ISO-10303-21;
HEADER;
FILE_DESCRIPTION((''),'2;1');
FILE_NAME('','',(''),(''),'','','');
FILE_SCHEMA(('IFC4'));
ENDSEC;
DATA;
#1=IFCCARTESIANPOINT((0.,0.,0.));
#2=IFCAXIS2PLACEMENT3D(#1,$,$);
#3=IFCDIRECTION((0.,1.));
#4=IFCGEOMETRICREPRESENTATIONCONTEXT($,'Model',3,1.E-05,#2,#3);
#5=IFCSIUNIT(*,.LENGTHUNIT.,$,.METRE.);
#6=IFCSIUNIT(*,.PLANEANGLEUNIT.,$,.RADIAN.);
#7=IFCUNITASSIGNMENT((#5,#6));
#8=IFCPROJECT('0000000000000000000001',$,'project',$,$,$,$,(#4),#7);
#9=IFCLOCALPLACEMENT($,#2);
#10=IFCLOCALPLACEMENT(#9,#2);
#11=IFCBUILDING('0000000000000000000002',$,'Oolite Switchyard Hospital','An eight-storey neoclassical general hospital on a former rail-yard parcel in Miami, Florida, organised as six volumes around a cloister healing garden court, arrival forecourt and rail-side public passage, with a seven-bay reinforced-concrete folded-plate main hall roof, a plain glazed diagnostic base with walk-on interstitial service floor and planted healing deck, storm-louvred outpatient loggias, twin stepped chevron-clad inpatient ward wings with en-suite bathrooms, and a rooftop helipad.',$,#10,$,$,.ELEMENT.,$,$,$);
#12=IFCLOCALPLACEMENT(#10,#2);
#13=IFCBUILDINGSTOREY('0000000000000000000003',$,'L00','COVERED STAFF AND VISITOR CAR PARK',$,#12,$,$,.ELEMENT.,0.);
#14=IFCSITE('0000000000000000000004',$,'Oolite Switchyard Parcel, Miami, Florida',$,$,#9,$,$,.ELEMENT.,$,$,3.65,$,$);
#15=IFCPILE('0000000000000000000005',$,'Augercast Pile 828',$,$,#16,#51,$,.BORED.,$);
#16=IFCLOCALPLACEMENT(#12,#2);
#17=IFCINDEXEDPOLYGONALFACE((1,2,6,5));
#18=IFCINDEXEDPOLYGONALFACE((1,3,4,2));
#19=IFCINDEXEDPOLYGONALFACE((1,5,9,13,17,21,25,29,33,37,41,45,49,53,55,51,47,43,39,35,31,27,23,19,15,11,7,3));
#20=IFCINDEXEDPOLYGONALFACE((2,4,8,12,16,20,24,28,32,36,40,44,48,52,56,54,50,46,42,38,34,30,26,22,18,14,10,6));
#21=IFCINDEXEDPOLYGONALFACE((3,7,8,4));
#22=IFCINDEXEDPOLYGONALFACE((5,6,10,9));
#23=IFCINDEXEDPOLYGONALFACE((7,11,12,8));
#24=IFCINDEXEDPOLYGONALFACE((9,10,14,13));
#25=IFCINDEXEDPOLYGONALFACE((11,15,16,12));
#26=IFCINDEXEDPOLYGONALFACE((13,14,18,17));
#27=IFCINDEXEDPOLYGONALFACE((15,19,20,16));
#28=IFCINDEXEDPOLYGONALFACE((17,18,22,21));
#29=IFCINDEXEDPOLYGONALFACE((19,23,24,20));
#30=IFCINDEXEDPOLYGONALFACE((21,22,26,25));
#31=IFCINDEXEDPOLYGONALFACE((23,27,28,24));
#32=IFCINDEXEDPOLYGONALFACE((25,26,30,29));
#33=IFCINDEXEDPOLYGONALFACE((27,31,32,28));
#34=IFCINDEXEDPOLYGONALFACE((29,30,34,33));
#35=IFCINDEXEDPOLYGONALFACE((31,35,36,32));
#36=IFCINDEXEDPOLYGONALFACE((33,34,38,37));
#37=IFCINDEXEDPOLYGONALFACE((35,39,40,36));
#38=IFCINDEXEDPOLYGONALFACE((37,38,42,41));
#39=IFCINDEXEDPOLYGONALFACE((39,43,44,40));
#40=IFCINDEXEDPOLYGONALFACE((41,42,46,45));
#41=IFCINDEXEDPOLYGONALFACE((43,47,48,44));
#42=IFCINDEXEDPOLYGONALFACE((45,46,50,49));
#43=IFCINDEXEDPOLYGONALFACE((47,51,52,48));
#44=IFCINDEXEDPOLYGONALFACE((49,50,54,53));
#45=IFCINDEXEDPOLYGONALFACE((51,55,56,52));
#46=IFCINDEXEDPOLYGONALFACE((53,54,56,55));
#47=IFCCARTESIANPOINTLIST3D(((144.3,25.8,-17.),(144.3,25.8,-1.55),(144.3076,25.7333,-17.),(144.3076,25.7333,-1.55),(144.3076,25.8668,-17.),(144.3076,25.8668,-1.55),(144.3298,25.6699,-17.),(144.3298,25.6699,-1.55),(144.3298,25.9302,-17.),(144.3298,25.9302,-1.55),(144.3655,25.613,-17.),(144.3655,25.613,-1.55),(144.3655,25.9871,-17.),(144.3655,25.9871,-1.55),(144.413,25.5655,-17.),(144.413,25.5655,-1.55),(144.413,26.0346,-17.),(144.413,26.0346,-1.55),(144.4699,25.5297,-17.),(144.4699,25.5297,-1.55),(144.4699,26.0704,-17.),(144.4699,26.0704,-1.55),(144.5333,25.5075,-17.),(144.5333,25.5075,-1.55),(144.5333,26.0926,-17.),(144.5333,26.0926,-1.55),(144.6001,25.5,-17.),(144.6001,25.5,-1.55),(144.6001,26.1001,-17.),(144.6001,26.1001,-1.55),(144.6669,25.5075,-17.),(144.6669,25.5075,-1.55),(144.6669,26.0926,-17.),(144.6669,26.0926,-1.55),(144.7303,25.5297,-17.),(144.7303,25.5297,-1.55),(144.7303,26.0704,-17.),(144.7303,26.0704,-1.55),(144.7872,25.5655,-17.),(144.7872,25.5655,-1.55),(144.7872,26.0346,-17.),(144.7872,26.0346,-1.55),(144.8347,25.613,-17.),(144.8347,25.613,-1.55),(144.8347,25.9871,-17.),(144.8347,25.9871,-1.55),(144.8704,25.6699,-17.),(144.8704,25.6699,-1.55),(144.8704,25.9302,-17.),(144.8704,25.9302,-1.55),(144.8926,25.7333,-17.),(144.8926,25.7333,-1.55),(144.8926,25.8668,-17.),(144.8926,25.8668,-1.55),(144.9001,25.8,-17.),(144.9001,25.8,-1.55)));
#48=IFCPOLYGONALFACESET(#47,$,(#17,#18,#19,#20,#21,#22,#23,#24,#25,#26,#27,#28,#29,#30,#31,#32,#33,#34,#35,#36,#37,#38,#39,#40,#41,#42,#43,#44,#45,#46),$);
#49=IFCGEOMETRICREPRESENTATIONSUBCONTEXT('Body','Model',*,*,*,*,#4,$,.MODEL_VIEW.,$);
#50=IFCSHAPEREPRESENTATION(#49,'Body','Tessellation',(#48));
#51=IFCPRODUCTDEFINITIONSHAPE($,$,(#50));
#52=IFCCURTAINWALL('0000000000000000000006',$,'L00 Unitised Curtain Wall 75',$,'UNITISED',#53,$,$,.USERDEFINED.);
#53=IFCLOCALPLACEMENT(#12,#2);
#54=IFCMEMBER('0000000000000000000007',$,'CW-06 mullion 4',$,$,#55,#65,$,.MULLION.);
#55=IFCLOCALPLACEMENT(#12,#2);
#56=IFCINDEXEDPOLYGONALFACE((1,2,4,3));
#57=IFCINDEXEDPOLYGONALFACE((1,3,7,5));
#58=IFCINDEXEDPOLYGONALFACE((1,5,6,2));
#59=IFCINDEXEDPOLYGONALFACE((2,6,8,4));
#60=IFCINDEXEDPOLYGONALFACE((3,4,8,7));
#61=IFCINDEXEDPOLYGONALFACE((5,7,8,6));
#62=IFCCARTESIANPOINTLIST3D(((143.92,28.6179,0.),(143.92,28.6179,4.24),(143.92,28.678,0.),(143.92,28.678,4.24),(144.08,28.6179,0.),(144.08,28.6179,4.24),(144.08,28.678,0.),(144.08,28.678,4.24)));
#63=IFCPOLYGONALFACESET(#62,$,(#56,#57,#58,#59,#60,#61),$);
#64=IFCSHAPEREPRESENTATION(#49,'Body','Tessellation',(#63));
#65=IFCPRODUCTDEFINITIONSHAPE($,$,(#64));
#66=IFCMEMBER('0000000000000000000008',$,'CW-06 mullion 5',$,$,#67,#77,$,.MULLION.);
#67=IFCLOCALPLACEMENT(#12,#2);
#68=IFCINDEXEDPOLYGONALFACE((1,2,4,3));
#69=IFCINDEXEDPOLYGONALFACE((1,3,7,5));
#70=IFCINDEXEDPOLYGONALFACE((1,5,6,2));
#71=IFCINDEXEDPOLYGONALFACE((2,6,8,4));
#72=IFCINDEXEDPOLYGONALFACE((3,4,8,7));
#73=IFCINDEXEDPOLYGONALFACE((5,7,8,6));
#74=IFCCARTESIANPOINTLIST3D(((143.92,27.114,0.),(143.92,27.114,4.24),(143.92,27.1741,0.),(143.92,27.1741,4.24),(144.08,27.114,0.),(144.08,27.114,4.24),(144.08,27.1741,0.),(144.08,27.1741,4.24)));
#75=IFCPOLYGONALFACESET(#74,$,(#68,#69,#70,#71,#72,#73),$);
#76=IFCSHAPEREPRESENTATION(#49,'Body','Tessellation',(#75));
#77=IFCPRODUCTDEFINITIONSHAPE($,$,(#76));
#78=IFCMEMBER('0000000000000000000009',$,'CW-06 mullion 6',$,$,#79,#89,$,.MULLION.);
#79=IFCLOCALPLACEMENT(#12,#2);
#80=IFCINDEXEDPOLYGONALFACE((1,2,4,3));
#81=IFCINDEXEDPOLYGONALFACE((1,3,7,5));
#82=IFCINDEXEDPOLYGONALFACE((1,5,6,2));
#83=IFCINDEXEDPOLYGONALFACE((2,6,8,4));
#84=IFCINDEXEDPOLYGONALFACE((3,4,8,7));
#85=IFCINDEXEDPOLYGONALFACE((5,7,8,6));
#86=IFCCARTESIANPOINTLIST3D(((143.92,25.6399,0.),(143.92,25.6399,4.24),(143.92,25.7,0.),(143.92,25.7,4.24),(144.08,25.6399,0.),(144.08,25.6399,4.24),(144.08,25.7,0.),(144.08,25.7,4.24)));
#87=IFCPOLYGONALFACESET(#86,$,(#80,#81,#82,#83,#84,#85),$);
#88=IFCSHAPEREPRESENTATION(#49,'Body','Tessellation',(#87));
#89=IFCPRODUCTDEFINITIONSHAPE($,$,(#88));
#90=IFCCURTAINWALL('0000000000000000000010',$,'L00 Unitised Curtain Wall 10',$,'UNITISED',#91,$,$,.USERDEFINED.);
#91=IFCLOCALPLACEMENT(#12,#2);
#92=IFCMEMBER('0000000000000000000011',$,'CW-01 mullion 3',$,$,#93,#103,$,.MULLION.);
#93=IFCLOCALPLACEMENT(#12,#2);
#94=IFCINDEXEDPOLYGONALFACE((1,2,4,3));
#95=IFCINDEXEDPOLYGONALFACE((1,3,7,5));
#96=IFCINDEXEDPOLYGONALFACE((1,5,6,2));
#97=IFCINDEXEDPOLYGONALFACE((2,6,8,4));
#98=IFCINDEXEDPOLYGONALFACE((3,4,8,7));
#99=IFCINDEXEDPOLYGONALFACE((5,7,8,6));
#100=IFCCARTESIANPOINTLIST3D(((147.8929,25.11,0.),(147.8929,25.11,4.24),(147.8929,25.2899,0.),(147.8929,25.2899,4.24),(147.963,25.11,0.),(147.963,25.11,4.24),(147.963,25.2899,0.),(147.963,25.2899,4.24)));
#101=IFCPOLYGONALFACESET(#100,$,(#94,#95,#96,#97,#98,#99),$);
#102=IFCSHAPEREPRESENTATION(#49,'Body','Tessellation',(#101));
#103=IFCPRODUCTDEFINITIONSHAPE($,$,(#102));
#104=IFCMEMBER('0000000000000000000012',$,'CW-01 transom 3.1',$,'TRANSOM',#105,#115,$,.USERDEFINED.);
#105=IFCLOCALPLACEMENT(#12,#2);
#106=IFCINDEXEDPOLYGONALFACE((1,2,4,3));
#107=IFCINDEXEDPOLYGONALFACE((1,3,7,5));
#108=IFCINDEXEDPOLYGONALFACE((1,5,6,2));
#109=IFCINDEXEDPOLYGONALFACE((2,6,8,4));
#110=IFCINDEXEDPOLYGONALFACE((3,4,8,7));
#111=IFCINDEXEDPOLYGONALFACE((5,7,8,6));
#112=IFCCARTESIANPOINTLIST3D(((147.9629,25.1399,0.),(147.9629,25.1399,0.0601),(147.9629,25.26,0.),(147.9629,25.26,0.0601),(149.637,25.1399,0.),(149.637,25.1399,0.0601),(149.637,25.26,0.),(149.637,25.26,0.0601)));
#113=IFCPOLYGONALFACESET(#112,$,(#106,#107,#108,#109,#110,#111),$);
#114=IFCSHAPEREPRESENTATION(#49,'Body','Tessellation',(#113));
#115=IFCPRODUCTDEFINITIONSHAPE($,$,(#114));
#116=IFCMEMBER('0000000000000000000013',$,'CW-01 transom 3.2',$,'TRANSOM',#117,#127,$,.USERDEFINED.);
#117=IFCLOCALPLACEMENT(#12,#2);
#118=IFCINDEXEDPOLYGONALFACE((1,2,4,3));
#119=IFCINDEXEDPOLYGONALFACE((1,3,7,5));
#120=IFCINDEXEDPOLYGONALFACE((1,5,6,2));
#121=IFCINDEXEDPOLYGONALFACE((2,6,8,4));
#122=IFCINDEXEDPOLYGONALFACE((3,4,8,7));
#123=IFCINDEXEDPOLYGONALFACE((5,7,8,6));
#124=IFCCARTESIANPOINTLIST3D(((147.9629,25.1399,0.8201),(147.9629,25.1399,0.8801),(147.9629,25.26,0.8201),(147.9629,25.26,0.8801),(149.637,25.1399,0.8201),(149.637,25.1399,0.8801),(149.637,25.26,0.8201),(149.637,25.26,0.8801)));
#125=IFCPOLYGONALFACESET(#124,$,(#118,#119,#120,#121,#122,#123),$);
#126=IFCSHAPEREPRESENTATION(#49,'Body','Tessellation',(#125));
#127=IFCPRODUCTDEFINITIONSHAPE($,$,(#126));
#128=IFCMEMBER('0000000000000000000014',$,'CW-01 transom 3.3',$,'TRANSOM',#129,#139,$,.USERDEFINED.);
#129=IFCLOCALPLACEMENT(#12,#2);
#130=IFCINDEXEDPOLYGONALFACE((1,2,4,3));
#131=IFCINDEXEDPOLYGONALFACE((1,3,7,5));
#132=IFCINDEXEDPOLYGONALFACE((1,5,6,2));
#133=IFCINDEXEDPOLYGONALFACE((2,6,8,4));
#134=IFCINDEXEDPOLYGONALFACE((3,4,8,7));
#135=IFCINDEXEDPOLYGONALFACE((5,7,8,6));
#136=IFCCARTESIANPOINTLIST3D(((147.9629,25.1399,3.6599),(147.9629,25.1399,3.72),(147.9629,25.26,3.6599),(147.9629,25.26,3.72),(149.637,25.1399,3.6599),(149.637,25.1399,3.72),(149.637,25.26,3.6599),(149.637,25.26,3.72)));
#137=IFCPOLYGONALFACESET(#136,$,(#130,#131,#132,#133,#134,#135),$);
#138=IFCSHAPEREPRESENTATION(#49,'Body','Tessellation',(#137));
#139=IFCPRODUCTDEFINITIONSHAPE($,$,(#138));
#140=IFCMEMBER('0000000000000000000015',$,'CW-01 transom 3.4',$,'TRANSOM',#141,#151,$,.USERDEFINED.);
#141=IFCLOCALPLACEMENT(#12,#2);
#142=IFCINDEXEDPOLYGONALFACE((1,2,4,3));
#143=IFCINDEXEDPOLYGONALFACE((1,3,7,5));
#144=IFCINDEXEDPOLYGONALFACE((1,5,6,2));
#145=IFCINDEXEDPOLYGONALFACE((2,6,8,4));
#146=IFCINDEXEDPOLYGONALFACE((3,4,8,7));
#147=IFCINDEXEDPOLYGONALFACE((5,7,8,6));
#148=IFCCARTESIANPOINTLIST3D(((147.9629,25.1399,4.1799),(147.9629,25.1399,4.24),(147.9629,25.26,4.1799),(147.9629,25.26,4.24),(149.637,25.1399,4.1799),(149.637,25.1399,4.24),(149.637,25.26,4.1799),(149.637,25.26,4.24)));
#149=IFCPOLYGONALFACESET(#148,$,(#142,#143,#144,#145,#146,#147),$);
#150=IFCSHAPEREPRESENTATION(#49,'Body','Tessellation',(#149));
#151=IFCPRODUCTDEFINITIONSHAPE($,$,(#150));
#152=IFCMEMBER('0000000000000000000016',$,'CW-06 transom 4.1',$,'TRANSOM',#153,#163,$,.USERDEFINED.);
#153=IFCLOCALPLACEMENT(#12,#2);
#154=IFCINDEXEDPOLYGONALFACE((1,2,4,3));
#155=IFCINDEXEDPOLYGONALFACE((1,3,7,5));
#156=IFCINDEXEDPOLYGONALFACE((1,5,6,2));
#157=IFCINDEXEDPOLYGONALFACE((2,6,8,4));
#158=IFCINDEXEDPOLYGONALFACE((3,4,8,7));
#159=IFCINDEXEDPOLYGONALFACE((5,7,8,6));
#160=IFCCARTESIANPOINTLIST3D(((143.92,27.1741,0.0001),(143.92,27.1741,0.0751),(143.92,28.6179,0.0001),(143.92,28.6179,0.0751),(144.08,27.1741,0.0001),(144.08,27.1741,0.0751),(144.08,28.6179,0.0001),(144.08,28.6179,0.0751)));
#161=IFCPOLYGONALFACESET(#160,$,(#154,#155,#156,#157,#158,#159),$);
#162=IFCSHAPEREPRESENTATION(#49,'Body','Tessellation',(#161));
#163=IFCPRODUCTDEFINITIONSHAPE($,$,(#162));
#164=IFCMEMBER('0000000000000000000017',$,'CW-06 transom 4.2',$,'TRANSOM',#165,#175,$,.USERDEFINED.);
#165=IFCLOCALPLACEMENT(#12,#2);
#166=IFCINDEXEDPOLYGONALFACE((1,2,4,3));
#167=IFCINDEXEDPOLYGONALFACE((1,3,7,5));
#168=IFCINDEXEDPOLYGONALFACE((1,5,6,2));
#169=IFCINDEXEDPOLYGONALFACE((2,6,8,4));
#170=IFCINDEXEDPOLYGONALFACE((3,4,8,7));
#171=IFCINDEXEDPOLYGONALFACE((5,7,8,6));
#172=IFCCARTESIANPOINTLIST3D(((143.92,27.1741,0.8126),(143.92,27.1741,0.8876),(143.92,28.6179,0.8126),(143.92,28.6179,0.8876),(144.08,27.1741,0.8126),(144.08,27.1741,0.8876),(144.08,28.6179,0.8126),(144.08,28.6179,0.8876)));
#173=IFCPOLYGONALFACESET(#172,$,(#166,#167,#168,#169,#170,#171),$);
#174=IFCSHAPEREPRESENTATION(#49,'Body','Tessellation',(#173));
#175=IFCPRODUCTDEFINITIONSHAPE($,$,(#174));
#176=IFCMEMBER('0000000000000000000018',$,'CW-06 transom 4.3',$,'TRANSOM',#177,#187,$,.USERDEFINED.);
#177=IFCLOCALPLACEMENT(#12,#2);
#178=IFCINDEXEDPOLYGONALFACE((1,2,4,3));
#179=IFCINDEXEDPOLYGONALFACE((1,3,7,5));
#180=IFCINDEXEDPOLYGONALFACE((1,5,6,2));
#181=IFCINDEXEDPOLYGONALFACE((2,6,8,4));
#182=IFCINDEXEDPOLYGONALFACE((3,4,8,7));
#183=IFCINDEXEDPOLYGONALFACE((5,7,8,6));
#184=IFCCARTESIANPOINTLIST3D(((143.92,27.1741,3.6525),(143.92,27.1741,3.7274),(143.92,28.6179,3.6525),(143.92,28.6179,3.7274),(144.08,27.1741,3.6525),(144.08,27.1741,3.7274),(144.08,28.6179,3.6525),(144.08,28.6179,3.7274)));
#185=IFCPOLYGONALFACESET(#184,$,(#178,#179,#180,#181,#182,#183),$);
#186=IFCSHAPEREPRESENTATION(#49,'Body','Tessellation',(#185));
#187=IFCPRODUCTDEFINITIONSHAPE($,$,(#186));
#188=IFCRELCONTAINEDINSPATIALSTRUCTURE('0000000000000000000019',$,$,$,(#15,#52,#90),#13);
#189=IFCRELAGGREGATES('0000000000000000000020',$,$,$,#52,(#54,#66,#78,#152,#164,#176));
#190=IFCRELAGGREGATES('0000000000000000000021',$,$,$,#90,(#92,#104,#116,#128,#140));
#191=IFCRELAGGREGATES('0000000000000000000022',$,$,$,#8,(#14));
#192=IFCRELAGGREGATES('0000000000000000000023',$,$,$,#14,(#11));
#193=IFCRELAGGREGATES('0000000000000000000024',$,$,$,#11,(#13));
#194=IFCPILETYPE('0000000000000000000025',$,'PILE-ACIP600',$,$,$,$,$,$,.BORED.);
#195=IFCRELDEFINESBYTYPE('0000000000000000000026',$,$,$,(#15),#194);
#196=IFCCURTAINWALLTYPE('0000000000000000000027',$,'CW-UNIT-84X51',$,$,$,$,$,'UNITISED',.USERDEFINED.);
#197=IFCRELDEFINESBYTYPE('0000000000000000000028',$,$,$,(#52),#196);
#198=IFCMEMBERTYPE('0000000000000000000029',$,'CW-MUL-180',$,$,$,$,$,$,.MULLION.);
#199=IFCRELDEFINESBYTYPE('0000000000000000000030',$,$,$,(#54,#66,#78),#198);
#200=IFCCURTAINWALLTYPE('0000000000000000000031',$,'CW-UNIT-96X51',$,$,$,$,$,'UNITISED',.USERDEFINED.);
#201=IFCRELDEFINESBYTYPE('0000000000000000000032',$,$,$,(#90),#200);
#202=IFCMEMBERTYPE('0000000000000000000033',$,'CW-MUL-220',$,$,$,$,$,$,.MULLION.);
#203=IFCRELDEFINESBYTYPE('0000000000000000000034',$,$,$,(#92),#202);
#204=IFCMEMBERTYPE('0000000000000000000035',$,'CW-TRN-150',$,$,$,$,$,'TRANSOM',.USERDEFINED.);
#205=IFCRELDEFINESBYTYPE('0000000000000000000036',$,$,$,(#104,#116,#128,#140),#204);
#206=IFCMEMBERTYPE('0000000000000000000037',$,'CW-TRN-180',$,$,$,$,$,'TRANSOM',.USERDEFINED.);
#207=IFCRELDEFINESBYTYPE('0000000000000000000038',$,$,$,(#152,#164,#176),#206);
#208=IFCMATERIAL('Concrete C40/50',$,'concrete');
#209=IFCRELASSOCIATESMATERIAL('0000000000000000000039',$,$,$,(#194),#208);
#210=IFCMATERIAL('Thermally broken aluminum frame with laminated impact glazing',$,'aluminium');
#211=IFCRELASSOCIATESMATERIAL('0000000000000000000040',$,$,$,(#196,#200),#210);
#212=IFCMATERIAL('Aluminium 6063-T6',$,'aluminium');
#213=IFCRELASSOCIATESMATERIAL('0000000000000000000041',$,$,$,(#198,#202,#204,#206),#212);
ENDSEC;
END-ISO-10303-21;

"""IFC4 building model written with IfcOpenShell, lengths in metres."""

from ifc_helpers import new_model, si_unit, direction, frame, origin, origin_2d, place, context, subcontext, project, spatial, rectangle, circle, extrude, material, material_profile, profile_set, type_object, element, aggregate, save


model = new_model("IFC4")

# Units and contexts
model_context = context("Model", 3, precision=1e-05, world=origin(), true_north=direction((0.0, 1.0)))
body_context = subcontext(model_context, "Body", "Model", "MODEL_VIEW")
ifc_project = project(units=[si_unit("LENGTHUNIT", "METRE"), si_unit("PLANEANGLEUNIT", "RADIAN")], contexts=[model_context])

# Site, building, storey
site_placement = place(None, origin())
site = spatial("IfcSite", under=ifc_project, at=site_placement, Name="Oolite Switchyard Parcel, Miami, Florida", CompositionType="ELEMENT", RefElevation=3.65)
building_placement = place(site_placement, origin())
building = spatial("IfcBuilding", under=site, at=building_placement, Name="Oolite Switchyard Hospital", Description="An eight-storey neoclassical general hospital on a former rail-yard parcel in Miami, Florida, organised as six volumes around a cloister healing garden court, arrival forecourt and rail-side public passage, with a seven-bay reinforced-concrete folded-plate main hall roof, a plain glazed diagnostic base with walk-on interstitial service floor and planted healing deck, storm-louvred outpatient loggias, twin stepped chevron-clad inpatient ward wings with en-suite bathrooms, and a rooftop helipad.", CompositionType="ELEMENT")
storey_placement = place(building_placement, origin())
storey = spatial("IfcBuildingStorey", under=building, at=storey_placement, Name="L00", Description="COVERED STAFF AND VISITOR CAR PARK", CompositionType="ELEMENT", Elevation=0.0)

# Pile
ifc_material_1 = material(Name="Concrete C40/50", Category="concrete")
ifc_material_profile_1 = material_profile(ifc_material_1, circle(Radius=0.3, at=origin_2d()), Name="PILE600")
ifc_profile_set_1 = profile_set([ifc_material_profile_1], Name="Concrete C40/50")
pile_type = type_object("IfcPileType", Name="PILE-ACIP600", PredefinedType="BORED", material=ifc_profile_set_1)
pile_placement = place(storey_placement, frame((144.6001, 25.8, -1.55), z_axis=(0.0, 0.0, -1.0), x_axis=(1.0, 0.0, 0.0)))
element("IfcPile", 1, at=pile_placement, inside=storey, type_object=pile_type, Name="Augercast Pile 828", PredefinedType="BORED", context=body_context, shape_type="SweptSolid", body=[
    extrude(circle(Radius=0.3, at=origin_2d()), origin(), (0.0, 0.0, 1.0), 15.45),
])

# Curtain walls, members
ifc_material_2 = material(Name="Thermally broken aluminum frame with laminated impact glazing", Category="aluminium")
curtain_wall_type_1 = type_object("IfcCurtainWallType", Name="CW-UNIT-84X51", ElementType="UNITISED", PredefinedType="USERDEFINED", material=ifc_material_2)
curtain_wall_1_placement = place(storey_placement, origin())
curtain_wall_1 = element("IfcCurtainWall", 2, at=curtain_wall_1_placement, inside=storey, type_object=curtain_wall_type_1, Name="L00 Unitised Curtain Wall 75", ObjectType="UNITISED", PredefinedType="USERDEFINED")
ifc_material_3 = material(Name="Aluminium 6063-T6", Category="aluminium")
ifc_material_profile_2 = material_profile(ifc_material_3, rectangle(XDim=0.1599, YDim=0.0601, at=origin_2d()), Name="CWM60X160")
ifc_profile_set_2 = profile_set([ifc_material_profile_2], Name="Aluminium 6063-T6")
member_type_1 = type_object("IfcMemberType", Name="CW-MUL-180", PredefinedType="MULLION", material=ifc_profile_set_2)
member_1_placement = place(storey_placement, frame((144.0, 28.6479, 0.0), z_axis=(0.0, 0.0, 1.0), x_axis=(1.0, 0.0, 0.0)))
member_1 = element("IfcMember", 3, at=member_1_placement, type_object=member_type_1, Name="CW-06 mullion 4", PredefinedType="MULLION", context=body_context, shape_type="SweptSolid", body=[
    extrude(rectangle(XDim=0.1599, YDim=0.0601, at=origin_2d()), origin(), (0.0, 0.0, 1.0), 4.24),
])
member_2_placement = place(storey_placement, frame((144.0, 27.144, 0.0), z_axis=(0.0, 0.0, 1.0), x_axis=(1.0, 0.0, 0.0)))
member_2 = element("IfcMember", 4, at=member_2_placement, type_object=member_type_1, Name="CW-06 mullion 5", PredefinedType="MULLION", context=body_context, shape_type="SweptSolid", body=[
    extrude(rectangle(XDim=0.1599, YDim=0.0601, at=origin_2d()), origin(), (0.0, 0.0, 1.0), 4.24),
])
member_3_placement = place(storey_placement, frame((144.0, 25.6699, 0.0), z_axis=(0.0, 0.0, 1.0), x_axis=(1.0, 0.0, 0.0)))
member_3 = element("IfcMember", 5, at=member_3_placement, type_object=member_type_1, Name="CW-06 mullion 6", PredefinedType="MULLION", context=body_context, shape_type="SweptSolid", body=[
    extrude(rectangle(XDim=0.1599, YDim=0.0601, at=origin_2d()), origin(), (0.0, 0.0, 1.0), 4.24),
])
curtain_wall_type_2 = type_object("IfcCurtainWallType", Name="CW-UNIT-96X51", ElementType="UNITISED", PredefinedType="USERDEFINED", material=ifc_material_2)
curtain_wall_2_placement = place(storey_placement, origin())
curtain_wall_2 = element("IfcCurtainWall", 6, at=curtain_wall_2_placement, inside=storey, type_object=curtain_wall_type_2, Name="L00 Unitised Curtain Wall 10", ObjectType="UNITISED", PredefinedType="USERDEFINED")
ifc_material_profile_3 = material_profile(ifc_material_3, rectangle(XDim=0.1799, YDim=0.0701, at=origin_2d()), Name="CWM70X180")
ifc_profile_set_3 = profile_set([ifc_material_profile_3], Name="Aluminium 6063-T6")
member_type_2 = type_object("IfcMemberType", Name="CW-MUL-220", PredefinedType="MULLION", material=ifc_profile_set_3)
member_4_placement = place(storey_placement, frame((147.928, 25.2, 0.0), z_axis=(0.0, 0.0, 1.0), x_axis=(0.0, 1.0, 0.0)))
member_4 = element("IfcMember", 7, at=member_4_placement, type_object=member_type_2, Name="CW-01 mullion 3", PredefinedType="MULLION", context=body_context, shape_type="SweptSolid", body=[
    extrude(rectangle(XDim=0.1799, YDim=0.0701, at=origin_2d()), origin(), (0.0, 0.0, 1.0), 4.24),
])
ifc_material_profile_4 = material_profile(ifc_material_3, rectangle(XDim=0.1201, YDim=0.0601, at=origin_2d()), Name="CWT60X120")
ifc_profile_set_4 = profile_set([ifc_material_profile_4], Name="Aluminium 6063-T6")
member_type_3 = type_object("IfcMemberType", Name="CW-TRN-150", ElementType="TRANSOM", PredefinedType="USERDEFINED", material=ifc_profile_set_4)
member_5_placement = place(storey_placement, frame((147.9629, 25.2, 0.03), z_axis=(1.0, 0.0, 0.0), x_axis=(0.0, 1.0, 0.0)))
member_5 = element("IfcMember", 8, at=member_5_placement, type_object=member_type_3, Name="CW-01 transom 3.1", ObjectType="TRANSOM", PredefinedType="USERDEFINED", context=body_context, shape_type="SweptSolid", body=[
    extrude(rectangle(XDim=0.1201, YDim=0.0601, at=origin_2d()), origin(), (0.0, 0.0, 1.0), 1.6741),
])
member_6_placement = place(storey_placement, frame((147.9629, 25.2, 0.8501), z_axis=(1.0, 0.0, 0.0), x_axis=(0.0, 1.0, 0.0)))
member_6 = element("IfcMember", 9, at=member_6_placement, type_object=member_type_3, Name="CW-01 transom 3.2", ObjectType="TRANSOM", PredefinedType="USERDEFINED", context=body_context, shape_type="SweptSolid", body=[
    extrude(rectangle(XDim=0.1201, YDim=0.0601, at=origin_2d()), origin(), (0.0, 0.0, 1.0), 1.6741),
])
member_7_placement = place(storey_placement, frame((147.9629, 25.2, 3.6899), z_axis=(1.0, 0.0, 0.0), x_axis=(0.0, 1.0, 0.0)))
member_7 = element("IfcMember", 10, at=member_7_placement, type_object=member_type_3, Name="CW-01 transom 3.3", ObjectType="TRANSOM", PredefinedType="USERDEFINED", context=body_context, shape_type="SweptSolid", body=[
    extrude(rectangle(XDim=0.1201, YDim=0.0601, at=origin_2d()), origin(), (0.0, 0.0, 1.0), 1.6741),
])
member_8_placement = place(storey_placement, frame((147.9629, 25.2, 4.21), z_axis=(1.0, 0.0, 0.0), x_axis=(0.0, 1.0, 0.0)))
member_8 = element("IfcMember", 11, at=member_8_placement, type_object=member_type_3, Name="CW-01 transom 3.4", ObjectType="TRANSOM", PredefinedType="USERDEFINED", context=body_context, shape_type="SweptSolid", body=[
    extrude(rectangle(XDim=0.1201, YDim=0.0601, at=origin_2d()), origin(), (0.0, 0.0, 1.0), 1.6741),
])

# Members
ifc_material_profile_5 = material_profile(ifc_material_3, rectangle(XDim=0.1599, YDim=0.075, at=origin_2d()), Name="CWT75X160")
ifc_profile_set_5 = profile_set([ifc_material_profile_5], Name="Aluminium 6063-T6")
member_type_4 = type_object("IfcMemberType", Name="CW-TRN-180", ElementType="TRANSOM", PredefinedType="USERDEFINED", material=ifc_profile_set_5)
member_9_placement = place(storey_placement, frame((144.0, 28.6179, 0.0376), z_axis=(0.0, -1.0, 0.0), x_axis=(1.0, 0.0, 0.0)))
member_9 = element("IfcMember", 12, at=member_9_placement, type_object=member_type_4, Name="CW-06 transom 4.1", ObjectType="TRANSOM", PredefinedType="USERDEFINED", context=body_context, shape_type="SweptSolid", body=[
    extrude(rectangle(XDim=0.1599, YDim=0.075, at=origin_2d()), origin(), (0.0, 0.0, 1.0), 1.4438),
])
member_10_placement = place(storey_placement, frame((144.0, 28.6179, 0.8501), z_axis=(0.0, -1.0, 0.0), x_axis=(1.0, 0.0, 0.0)))
member_10 = element("IfcMember", 13, at=member_10_placement, type_object=member_type_4, Name="CW-06 transom 4.2", ObjectType="TRANSOM", PredefinedType="USERDEFINED", context=body_context, shape_type="SweptSolid", body=[
    extrude(rectangle(XDim=0.1599, YDim=0.075, at=origin_2d()), origin(), (0.0, 0.0, 1.0), 1.4438),
])
member_11_placement = place(storey_placement, frame((144.0, 28.6179, 3.6899), z_axis=(0.0, -1.0, 0.0), x_axis=(1.0, 0.0, 0.0)))
member_11 = element("IfcMember", 14, at=member_11_placement, type_object=member_type_4, Name="CW-06 transom 4.3", ObjectType="TRANSOM", PredefinedType="USERDEFINED", context=body_context, shape_type="SweptSolid", body=[
    extrude(rectangle(XDim=0.1599, YDim=0.075, at=origin_2d()), origin(), (0.0, 0.0, 1.0), 1.4438),
])

aggregate(curtain_wall_1, [member_1, member_2, member_3, member_9, member_10, member_11])
aggregate(curtain_wall_2, [member_4, member_5, member_6, member_7, member_8])

save(model, "model.ifc")
